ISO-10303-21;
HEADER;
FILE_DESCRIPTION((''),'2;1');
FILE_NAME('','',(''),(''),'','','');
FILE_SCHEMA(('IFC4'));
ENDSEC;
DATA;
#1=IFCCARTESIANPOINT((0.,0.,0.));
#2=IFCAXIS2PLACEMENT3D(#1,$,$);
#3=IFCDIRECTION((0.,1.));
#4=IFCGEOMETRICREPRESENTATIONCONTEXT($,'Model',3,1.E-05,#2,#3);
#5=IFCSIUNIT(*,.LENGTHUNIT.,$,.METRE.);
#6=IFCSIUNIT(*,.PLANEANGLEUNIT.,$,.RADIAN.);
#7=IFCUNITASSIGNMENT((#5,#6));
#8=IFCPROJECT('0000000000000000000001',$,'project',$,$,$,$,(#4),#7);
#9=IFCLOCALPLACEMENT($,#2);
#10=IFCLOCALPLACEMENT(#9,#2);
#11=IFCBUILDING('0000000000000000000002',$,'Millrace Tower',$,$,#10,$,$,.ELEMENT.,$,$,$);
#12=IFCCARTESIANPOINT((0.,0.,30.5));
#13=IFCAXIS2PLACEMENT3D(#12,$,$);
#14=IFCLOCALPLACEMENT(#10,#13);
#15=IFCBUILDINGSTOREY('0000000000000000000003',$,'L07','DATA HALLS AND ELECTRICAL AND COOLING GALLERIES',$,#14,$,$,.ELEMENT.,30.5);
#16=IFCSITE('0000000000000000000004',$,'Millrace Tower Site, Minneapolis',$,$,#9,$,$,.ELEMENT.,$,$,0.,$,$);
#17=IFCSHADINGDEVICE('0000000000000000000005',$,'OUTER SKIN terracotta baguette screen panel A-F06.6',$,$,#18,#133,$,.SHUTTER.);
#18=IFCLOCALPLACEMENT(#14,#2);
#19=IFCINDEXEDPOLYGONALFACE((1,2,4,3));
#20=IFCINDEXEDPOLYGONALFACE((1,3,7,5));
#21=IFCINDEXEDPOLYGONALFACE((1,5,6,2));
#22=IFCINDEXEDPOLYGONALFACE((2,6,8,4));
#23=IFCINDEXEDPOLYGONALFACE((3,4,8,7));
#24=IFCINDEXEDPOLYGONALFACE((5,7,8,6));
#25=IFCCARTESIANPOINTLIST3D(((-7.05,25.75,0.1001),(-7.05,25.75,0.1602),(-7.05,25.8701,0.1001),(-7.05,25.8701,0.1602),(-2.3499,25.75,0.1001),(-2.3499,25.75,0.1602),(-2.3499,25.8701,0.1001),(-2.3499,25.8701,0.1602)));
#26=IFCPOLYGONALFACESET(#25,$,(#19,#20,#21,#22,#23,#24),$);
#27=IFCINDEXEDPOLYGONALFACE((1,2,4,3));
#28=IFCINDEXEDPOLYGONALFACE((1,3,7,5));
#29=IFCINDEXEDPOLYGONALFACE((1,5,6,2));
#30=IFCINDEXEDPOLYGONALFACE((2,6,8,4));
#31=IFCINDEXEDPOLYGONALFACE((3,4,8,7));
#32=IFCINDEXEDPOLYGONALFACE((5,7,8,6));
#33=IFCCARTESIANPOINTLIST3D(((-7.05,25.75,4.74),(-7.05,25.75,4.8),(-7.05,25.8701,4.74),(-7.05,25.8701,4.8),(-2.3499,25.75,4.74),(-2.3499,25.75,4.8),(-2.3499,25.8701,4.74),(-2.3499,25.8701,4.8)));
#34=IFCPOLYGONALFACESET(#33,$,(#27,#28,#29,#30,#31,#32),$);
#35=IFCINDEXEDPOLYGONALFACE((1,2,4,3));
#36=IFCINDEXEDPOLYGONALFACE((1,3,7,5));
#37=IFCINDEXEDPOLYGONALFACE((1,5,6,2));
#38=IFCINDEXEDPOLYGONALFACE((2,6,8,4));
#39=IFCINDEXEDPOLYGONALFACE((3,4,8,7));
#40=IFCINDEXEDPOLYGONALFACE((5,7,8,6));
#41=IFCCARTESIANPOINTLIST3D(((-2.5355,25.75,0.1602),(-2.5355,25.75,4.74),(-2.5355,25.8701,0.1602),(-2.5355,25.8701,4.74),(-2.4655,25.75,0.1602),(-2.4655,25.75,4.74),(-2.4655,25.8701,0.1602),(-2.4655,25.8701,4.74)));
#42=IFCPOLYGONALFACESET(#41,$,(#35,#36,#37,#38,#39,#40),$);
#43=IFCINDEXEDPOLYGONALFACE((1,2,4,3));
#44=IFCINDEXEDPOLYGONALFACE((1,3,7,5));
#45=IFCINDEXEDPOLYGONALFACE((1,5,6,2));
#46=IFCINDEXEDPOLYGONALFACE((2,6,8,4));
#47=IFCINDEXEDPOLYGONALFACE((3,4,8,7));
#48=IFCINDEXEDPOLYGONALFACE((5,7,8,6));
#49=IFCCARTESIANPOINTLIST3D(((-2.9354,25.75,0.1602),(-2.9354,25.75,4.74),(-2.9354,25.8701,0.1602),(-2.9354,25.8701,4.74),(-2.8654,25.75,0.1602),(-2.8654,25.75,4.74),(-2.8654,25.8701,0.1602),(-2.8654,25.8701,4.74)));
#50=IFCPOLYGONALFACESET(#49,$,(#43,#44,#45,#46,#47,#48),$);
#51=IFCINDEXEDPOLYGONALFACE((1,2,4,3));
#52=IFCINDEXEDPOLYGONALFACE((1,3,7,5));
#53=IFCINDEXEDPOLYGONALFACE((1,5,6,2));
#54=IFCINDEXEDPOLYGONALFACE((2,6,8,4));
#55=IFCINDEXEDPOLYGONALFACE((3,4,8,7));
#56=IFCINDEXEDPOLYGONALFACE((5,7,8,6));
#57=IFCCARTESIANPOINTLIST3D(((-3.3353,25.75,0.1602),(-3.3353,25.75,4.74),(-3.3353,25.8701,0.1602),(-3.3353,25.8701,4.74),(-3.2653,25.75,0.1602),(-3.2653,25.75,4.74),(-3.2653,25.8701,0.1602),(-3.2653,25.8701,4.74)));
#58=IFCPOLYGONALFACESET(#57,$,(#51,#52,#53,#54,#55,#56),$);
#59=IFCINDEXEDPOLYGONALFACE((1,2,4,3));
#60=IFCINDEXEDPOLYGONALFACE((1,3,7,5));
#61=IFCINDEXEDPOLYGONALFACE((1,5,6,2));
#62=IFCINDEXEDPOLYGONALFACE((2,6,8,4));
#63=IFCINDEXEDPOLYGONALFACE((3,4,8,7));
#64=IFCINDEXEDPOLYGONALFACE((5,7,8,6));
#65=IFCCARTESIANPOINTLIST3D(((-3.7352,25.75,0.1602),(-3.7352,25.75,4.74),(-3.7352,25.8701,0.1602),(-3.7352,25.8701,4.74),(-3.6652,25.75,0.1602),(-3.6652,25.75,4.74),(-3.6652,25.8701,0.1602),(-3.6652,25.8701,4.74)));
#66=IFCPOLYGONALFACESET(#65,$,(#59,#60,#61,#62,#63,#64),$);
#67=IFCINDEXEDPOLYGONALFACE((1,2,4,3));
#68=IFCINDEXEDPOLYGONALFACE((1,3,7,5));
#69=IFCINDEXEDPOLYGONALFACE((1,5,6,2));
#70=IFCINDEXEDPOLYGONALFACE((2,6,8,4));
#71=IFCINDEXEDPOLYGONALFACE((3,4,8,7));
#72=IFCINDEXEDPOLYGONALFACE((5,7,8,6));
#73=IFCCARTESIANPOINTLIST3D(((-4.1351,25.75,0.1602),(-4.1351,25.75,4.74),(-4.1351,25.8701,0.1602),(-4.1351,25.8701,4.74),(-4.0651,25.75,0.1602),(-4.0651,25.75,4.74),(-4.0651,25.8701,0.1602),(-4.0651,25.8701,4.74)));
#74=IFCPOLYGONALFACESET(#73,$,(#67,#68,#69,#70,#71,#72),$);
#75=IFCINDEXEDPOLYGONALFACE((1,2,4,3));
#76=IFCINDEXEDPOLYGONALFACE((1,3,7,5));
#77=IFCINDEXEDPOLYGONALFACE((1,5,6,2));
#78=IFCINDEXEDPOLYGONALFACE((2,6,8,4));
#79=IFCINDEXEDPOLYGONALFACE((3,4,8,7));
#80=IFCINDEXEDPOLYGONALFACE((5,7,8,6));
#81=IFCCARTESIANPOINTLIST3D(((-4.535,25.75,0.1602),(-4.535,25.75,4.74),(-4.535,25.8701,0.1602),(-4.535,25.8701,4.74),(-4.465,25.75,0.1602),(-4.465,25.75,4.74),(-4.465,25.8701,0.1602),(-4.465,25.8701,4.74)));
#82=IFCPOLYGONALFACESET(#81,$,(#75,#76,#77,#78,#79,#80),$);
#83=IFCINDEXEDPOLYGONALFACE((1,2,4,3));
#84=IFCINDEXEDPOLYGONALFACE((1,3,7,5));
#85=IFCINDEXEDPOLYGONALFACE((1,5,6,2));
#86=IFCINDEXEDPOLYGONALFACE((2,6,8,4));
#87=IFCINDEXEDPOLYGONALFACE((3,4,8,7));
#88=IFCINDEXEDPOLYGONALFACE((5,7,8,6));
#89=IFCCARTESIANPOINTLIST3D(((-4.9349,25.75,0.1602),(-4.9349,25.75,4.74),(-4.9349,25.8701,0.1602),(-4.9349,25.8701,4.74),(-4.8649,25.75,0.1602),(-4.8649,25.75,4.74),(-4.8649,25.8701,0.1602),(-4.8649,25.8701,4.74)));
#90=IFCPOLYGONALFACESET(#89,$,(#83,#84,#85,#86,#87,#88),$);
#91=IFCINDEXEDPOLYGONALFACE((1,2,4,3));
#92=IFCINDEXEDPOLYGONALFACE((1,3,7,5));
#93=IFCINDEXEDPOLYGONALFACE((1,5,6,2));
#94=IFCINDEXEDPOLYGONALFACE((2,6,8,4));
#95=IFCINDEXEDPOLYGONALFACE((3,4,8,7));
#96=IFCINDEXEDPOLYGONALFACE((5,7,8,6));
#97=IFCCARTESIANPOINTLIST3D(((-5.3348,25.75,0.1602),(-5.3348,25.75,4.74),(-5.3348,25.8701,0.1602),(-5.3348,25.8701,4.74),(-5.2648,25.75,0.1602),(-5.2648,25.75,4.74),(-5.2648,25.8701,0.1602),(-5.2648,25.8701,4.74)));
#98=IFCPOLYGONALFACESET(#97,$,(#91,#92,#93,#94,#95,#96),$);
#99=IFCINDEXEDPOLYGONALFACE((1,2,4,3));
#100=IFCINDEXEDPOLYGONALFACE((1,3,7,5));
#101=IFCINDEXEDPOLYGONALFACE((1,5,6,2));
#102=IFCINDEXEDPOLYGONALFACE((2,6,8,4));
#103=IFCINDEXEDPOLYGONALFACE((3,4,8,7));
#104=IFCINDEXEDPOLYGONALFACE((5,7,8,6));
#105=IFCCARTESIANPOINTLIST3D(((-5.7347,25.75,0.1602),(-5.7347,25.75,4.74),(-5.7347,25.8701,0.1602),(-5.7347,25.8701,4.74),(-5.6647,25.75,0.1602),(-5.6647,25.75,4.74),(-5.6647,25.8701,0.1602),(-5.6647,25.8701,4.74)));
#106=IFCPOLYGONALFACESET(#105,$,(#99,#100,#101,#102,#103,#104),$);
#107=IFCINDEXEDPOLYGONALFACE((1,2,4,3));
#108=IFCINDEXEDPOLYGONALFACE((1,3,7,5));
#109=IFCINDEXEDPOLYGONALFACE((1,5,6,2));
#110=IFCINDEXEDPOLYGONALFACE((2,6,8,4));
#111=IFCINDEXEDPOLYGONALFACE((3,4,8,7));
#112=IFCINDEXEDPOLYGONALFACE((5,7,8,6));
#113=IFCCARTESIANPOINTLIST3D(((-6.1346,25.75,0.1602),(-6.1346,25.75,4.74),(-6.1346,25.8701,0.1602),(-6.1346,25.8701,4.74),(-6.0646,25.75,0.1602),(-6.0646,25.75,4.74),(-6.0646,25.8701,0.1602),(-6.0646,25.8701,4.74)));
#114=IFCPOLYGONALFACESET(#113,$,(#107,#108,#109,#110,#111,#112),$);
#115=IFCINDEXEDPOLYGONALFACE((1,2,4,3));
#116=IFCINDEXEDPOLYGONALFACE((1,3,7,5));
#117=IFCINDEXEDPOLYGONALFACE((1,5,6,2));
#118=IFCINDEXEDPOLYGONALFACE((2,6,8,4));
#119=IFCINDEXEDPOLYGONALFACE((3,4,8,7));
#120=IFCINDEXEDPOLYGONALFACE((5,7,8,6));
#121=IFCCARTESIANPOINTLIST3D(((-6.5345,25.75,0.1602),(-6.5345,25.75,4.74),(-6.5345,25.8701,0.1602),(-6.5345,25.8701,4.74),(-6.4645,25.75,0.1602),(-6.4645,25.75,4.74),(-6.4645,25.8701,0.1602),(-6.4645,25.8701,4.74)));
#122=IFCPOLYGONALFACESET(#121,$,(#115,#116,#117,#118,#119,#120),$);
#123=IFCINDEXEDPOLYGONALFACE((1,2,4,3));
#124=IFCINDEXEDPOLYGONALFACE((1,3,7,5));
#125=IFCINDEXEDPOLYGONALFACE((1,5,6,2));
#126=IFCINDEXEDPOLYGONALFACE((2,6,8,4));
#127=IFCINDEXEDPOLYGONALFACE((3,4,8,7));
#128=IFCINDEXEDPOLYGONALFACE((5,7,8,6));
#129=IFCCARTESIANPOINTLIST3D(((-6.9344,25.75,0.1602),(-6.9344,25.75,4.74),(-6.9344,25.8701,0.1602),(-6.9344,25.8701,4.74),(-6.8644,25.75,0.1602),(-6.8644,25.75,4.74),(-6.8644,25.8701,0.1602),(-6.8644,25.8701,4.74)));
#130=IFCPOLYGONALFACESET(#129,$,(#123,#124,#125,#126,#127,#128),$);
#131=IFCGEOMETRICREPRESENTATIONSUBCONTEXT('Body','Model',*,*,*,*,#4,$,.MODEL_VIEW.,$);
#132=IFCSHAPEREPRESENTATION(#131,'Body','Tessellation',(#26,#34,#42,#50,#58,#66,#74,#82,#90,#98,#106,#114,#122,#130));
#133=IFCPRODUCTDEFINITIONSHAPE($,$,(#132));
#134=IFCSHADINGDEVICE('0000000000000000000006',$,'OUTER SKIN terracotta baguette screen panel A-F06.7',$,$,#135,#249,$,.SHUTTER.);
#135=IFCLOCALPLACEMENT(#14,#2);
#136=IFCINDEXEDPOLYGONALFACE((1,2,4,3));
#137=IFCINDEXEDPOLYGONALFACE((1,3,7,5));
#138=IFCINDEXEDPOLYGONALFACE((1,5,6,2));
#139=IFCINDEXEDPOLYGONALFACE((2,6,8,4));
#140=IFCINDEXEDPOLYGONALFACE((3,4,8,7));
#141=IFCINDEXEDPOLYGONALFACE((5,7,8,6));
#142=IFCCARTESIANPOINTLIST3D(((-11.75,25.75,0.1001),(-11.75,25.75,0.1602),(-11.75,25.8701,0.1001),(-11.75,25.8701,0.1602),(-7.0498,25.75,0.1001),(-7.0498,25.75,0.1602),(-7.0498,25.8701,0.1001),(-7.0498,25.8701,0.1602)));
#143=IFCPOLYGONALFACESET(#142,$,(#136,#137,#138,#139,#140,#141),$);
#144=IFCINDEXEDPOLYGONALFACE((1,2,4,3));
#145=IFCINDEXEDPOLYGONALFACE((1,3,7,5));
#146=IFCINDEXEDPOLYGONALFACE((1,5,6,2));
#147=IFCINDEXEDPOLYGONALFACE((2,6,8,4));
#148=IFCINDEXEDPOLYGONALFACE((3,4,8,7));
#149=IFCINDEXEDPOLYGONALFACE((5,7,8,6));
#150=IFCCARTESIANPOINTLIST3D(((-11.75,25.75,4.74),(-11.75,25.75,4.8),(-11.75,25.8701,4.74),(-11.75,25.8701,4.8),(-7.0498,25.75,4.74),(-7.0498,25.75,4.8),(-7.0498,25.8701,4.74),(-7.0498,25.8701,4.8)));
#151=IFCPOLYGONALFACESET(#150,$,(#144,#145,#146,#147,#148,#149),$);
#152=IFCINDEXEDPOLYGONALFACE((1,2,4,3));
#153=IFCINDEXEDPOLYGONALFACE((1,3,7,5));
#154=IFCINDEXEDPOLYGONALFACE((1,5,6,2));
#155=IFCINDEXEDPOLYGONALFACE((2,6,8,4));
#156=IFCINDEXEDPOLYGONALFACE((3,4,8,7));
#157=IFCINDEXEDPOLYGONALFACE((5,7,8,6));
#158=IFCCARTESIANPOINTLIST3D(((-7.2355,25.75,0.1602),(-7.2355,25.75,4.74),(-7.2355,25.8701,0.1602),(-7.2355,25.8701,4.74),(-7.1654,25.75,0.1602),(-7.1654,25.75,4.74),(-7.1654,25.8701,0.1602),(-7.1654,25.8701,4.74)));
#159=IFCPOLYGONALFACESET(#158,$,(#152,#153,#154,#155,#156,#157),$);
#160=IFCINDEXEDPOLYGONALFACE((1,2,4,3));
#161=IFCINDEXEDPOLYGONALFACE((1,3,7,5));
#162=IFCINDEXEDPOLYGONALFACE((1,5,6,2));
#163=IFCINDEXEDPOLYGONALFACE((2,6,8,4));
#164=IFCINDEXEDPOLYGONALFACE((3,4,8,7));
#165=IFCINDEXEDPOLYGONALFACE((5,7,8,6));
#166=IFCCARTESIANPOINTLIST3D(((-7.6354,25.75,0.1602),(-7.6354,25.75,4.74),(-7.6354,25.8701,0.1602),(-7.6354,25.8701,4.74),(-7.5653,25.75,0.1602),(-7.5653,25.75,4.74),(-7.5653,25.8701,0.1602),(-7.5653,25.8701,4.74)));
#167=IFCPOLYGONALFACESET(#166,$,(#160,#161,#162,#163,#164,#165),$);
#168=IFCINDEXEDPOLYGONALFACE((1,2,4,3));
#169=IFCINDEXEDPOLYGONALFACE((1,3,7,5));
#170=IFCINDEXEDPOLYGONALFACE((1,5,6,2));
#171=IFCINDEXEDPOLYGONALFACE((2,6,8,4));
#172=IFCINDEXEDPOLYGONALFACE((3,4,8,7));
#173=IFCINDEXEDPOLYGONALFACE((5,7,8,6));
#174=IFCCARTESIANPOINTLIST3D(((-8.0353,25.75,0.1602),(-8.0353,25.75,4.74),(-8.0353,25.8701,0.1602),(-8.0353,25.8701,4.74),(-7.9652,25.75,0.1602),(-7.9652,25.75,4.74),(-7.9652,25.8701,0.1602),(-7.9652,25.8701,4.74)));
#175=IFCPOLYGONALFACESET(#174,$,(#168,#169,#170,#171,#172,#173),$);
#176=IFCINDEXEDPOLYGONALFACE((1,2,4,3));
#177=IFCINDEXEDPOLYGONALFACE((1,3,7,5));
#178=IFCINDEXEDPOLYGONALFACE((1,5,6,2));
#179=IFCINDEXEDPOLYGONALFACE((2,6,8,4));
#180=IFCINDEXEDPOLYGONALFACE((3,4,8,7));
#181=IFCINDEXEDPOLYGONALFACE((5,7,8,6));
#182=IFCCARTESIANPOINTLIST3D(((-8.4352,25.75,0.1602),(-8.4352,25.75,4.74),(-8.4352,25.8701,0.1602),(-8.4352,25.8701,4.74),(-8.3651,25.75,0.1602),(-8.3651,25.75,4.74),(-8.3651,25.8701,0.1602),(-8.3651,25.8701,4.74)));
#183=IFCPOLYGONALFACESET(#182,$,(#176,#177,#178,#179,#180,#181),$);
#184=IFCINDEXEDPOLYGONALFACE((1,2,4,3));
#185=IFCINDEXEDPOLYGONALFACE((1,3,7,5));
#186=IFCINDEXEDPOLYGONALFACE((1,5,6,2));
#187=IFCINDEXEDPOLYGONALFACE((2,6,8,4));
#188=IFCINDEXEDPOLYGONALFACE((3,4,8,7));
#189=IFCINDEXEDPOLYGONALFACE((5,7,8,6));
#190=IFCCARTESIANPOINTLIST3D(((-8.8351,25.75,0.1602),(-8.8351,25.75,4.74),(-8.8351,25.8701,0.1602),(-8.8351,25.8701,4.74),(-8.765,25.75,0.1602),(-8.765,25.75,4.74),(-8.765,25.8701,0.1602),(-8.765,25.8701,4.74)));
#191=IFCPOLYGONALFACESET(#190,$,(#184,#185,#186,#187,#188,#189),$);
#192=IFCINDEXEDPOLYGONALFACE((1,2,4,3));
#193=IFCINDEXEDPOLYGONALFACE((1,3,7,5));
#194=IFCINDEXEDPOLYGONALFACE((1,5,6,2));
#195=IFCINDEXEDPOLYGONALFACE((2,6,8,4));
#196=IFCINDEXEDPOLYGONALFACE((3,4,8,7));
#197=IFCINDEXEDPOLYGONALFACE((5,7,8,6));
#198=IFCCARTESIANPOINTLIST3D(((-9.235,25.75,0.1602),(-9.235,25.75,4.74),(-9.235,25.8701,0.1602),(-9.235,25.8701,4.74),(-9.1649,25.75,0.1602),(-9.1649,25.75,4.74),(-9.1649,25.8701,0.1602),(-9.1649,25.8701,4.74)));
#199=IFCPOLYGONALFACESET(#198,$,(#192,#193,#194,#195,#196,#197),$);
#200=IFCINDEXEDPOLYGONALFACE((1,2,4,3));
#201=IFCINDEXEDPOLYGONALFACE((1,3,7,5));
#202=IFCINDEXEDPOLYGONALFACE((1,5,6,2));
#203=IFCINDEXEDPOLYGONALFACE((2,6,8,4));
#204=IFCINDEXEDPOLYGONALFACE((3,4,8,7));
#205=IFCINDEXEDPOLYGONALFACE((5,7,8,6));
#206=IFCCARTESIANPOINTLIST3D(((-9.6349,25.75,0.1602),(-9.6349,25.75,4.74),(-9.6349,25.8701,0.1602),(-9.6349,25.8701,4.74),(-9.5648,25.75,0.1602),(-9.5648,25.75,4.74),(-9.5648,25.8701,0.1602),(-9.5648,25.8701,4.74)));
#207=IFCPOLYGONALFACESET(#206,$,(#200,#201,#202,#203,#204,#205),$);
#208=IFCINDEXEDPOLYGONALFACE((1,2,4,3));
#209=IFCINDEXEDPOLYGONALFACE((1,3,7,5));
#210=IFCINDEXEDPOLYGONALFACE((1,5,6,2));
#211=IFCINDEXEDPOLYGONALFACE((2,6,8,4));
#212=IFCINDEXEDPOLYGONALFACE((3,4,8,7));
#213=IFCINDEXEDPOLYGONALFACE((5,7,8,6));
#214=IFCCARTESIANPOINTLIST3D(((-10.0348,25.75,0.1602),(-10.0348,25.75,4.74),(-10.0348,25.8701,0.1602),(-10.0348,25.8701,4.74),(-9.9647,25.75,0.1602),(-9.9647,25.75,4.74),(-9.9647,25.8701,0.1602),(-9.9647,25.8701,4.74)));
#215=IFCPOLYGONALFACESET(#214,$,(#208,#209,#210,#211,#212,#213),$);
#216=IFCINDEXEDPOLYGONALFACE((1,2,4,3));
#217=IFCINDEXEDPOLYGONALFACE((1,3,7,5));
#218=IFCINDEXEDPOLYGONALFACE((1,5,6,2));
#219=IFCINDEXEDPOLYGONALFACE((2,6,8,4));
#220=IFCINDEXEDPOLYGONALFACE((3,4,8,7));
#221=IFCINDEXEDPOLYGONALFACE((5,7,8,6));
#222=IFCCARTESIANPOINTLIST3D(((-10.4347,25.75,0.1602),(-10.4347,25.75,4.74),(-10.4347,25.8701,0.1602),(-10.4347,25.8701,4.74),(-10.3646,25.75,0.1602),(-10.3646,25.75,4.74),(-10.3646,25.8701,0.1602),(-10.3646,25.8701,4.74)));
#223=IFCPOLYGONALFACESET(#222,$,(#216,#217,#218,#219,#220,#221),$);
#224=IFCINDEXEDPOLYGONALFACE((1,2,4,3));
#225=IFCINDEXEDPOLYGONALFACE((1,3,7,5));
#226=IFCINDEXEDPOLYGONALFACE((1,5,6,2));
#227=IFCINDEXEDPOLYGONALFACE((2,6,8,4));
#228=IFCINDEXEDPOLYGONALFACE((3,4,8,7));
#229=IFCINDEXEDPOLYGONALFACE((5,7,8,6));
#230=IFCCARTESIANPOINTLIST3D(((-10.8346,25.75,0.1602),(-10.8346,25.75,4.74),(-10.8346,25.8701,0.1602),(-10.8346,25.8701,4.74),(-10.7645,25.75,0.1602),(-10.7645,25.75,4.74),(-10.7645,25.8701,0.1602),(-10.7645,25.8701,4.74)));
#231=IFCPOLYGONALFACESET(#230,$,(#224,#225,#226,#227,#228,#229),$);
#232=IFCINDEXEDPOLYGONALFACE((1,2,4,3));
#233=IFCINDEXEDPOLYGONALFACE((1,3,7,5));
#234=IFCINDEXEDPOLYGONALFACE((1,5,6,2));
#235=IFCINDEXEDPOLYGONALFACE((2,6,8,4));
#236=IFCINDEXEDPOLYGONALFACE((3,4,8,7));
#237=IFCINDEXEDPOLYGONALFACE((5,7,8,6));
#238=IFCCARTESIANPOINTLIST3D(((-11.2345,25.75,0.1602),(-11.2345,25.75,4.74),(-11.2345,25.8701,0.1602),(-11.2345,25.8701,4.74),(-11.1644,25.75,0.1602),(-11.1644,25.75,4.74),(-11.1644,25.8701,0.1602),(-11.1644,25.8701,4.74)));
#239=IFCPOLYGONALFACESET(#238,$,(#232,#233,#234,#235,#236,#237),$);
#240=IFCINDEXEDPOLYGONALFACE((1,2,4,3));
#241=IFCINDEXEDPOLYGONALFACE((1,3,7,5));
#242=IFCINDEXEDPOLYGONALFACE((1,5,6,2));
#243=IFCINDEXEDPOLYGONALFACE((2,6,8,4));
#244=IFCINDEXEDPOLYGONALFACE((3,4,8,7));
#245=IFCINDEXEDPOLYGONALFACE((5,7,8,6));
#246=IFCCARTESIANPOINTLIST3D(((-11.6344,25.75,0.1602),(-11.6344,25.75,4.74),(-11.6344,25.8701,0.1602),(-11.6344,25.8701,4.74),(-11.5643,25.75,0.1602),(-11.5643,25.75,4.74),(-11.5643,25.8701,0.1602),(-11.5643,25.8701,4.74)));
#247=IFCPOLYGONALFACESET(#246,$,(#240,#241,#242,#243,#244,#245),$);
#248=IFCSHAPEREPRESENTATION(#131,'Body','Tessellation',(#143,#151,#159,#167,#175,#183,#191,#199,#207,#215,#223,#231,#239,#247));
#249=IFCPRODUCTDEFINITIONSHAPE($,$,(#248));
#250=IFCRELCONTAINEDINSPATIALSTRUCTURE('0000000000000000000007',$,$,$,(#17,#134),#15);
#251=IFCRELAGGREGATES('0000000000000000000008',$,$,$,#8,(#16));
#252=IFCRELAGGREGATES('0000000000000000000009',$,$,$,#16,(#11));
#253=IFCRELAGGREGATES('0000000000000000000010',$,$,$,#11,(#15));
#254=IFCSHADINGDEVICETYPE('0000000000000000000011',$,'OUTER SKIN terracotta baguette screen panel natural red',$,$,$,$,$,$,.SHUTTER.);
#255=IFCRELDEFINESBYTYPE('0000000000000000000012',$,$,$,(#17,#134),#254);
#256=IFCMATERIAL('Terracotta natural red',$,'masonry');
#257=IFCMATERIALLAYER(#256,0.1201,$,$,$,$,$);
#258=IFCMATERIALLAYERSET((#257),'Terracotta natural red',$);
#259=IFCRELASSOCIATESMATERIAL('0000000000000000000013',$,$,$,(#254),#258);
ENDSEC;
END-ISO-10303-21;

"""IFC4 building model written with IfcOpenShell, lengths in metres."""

from ifc_helpers import new_model, entity, si_unit, direction, frame, frame_2d, origin, place, context, subcontext, project, spatial, rectangle, extrude, source, transform, mapped, material, layer, layer_set, type_object, element, save


model = new_model("IFC4")

# Units and contexts
model_context = context("Model", 3, precision=1e-05, world=origin(), true_north=direction((0.0, 1.0)))
body_context = subcontext(model_context, "Body", "Model", "MODEL_VIEW")
ifc_project = project(units=[si_unit("LENGTHUNIT", "METRE"), si_unit("PLANEANGLEUNIT", "RADIAN")], contexts=[model_context])

# Site, building, storey
site_placement = place(None, origin())
site = spatial("IfcSite", under=ifc_project, at=site_placement, Name="Millrace Tower Site, Minneapolis", CompositionType="ELEMENT", RefElevation=0.0)
building_placement = place(site_placement, origin())
building = spatial("IfcBuilding", under=site, at=building_placement, Name="Millrace Tower", CompositionType="ELEMENT")
storey_placement = place(building_placement, frame((0.0, 0.0, 30.5)))
storey = spatial("IfcBuildingStorey", under=building, at=storey_placement, Name="L07", Description="DATA HALLS AND ELECTRICAL AND COOLING GALLERIES", CompositionType="ELEMENT", Elevation=30.5)

# Shading devices
ifc_material_1 = material(Name="Terracotta natural red", Category="masonry")
ifc_layer_1 = layer(ifc_material_1, 0.1201)
ifc_layer_set_1 = layer_set([ifc_layer_1], Name="Terracotta natural red")
shading_device_type = type_object("IfcShadingDeviceType", Name="OUTER SKIN terracotta baguette screen panel natural red", PredefinedType="SHUTTER", material=ifc_layer_set_1)
cartesian_point = entity("IfcCartesianPoint", [-2.3501, 0.0601])
shared_polyline = entity("IfcPolyline", [cartesian_point, entity("IfcCartesianPoint", [2.3501, 0.0601]), entity("IfcCartesianPoint", [2.3501, -0.0601]), entity("IfcCartesianPoint", [-2.3501, -0.0601]), cartesian_point])
shared_shape = source(origin(), body_context, "Body", "SweptSolid", [
    entity("IfcExtrudedAreaSolid", entity("IfcArbitraryClosedProfileDef", "AREA", None, shared_polyline), entity("IfcAxis2Placement3D", entity("IfcCartesianPoint", [0.0, 0.0, 0.0])), entity("IfcDirection", [0.0, 0.0, 1.0]), 0.0601),
    entity("IfcExtrudedAreaSolid", entity("IfcArbitraryClosedProfileDef", "AREA", None, shared_polyline), entity("IfcAxis2Placement3D", entity("IfcCartesianPoint", [0.0, 0.0, 4.6399])), entity("IfcDirection", [0.0, 0.0, 1.0]), 0.0601),
    extrude(rectangle(XDim=0.0701, YDim=0.1201, at=frame_2d((-2.1995, 0.0))), frame((0.0, 0.0, 0.0601)), (0.0, 0.0, 1.0), 4.5798),
    extrude(rectangle(XDim=0.0701, YDim=0.1201, at=frame_2d((-1.7996, 0.0))), frame((0.0, 0.0, 0.0601)), (0.0, 0.0, 1.0), 4.5798),
    extrude(rectangle(XDim=0.0701, YDim=0.1201, at=frame_2d((-1.3997, 0.0))), frame((0.0, 0.0, 0.0601)), (0.0, 0.0, 1.0), 4.5798),
    extrude(rectangle(XDim=0.0701, YDim=0.1201, at=frame_2d((-0.9998, 0.0))), frame((0.0, 0.0, 0.0601)), (0.0, 0.0, 1.0), 4.5798),
    extrude(rectangle(XDim=0.0701, YDim=0.1201, at=frame_2d((-0.5999, 0.0))), frame((0.0, 0.0, 0.0601)), (0.0, 0.0, 1.0), 4.5798),
    extrude(rectangle(XDim=0.0701, YDim=0.1201, at=frame_2d((-0.2, 0.0))), frame((0.0, 0.0, 0.0601)), (0.0, 0.0, 1.0), 4.5798),
    extrude(rectangle(XDim=0.0701, YDim=0.1201, at=frame_2d((0.2, 0.0))), frame((0.0, 0.0, 0.0601)), (0.0, 0.0, 1.0), 4.5798),
    extrude(rectangle(XDim=0.0701, YDim=0.1201, at=frame_2d((0.5999, 0.0))), frame((0.0, 0.0, 0.0601)), (0.0, 0.0, 1.0), 4.5798),
    extrude(rectangle(XDim=0.0701, YDim=0.1201, at=frame_2d((0.9998, 0.0))), frame((0.0, 0.0, 0.0601)), (0.0, 0.0, 1.0), 4.5798),
    extrude(rectangle(XDim=0.0701, YDim=0.1201, at=frame_2d((1.3997, 0.0))), frame((0.0, 0.0, 0.0601)), (0.0, 0.0, 1.0), 4.5798),
    extrude(rectangle(XDim=0.0701, YDim=0.1201, at=frame_2d((1.7996, 0.0))), frame((0.0, 0.0, 0.0601)), (0.0, 0.0, 1.0), 4.5798),
    extrude(rectangle(XDim=0.0701, YDim=0.1201, at=frame_2d((2.1995, 0.0))), frame((0.0, 0.0, 0.0601)), (0.0, 0.0, 1.0), 4.5798),
])
for number, where, z_axis, x_axis, name in (
    (1, (-4.7, 25.8101, 0.1001), (0.0, 0.0, 1.0), (-1.0, 0.0, 0.0), "OUTER SKIN terracotta baguette screen panel A-F06.6"),
    (2, (-9.3999, 25.8101, 0.1001), (0.0, 0.0, 1.0), (-1.0, 0.0, 0.0), "OUTER SKIN terracotta baguette screen panel A-F06.7"),
):
    element("IfcShadingDevice", number, at=place(storey_placement, frame(where, z_axis=z_axis, x_axis=x_axis)), inside=storey, type_object=shading_device_type, Name=name, PredefinedType="SHUTTER", context=body_context, shape_type="MappedRepresentation", body=[
        mapped(shared_shape, transform((0.0, 0.0, 0.0), scale=1.0)),
    ])

save(model, "model.ifc")
